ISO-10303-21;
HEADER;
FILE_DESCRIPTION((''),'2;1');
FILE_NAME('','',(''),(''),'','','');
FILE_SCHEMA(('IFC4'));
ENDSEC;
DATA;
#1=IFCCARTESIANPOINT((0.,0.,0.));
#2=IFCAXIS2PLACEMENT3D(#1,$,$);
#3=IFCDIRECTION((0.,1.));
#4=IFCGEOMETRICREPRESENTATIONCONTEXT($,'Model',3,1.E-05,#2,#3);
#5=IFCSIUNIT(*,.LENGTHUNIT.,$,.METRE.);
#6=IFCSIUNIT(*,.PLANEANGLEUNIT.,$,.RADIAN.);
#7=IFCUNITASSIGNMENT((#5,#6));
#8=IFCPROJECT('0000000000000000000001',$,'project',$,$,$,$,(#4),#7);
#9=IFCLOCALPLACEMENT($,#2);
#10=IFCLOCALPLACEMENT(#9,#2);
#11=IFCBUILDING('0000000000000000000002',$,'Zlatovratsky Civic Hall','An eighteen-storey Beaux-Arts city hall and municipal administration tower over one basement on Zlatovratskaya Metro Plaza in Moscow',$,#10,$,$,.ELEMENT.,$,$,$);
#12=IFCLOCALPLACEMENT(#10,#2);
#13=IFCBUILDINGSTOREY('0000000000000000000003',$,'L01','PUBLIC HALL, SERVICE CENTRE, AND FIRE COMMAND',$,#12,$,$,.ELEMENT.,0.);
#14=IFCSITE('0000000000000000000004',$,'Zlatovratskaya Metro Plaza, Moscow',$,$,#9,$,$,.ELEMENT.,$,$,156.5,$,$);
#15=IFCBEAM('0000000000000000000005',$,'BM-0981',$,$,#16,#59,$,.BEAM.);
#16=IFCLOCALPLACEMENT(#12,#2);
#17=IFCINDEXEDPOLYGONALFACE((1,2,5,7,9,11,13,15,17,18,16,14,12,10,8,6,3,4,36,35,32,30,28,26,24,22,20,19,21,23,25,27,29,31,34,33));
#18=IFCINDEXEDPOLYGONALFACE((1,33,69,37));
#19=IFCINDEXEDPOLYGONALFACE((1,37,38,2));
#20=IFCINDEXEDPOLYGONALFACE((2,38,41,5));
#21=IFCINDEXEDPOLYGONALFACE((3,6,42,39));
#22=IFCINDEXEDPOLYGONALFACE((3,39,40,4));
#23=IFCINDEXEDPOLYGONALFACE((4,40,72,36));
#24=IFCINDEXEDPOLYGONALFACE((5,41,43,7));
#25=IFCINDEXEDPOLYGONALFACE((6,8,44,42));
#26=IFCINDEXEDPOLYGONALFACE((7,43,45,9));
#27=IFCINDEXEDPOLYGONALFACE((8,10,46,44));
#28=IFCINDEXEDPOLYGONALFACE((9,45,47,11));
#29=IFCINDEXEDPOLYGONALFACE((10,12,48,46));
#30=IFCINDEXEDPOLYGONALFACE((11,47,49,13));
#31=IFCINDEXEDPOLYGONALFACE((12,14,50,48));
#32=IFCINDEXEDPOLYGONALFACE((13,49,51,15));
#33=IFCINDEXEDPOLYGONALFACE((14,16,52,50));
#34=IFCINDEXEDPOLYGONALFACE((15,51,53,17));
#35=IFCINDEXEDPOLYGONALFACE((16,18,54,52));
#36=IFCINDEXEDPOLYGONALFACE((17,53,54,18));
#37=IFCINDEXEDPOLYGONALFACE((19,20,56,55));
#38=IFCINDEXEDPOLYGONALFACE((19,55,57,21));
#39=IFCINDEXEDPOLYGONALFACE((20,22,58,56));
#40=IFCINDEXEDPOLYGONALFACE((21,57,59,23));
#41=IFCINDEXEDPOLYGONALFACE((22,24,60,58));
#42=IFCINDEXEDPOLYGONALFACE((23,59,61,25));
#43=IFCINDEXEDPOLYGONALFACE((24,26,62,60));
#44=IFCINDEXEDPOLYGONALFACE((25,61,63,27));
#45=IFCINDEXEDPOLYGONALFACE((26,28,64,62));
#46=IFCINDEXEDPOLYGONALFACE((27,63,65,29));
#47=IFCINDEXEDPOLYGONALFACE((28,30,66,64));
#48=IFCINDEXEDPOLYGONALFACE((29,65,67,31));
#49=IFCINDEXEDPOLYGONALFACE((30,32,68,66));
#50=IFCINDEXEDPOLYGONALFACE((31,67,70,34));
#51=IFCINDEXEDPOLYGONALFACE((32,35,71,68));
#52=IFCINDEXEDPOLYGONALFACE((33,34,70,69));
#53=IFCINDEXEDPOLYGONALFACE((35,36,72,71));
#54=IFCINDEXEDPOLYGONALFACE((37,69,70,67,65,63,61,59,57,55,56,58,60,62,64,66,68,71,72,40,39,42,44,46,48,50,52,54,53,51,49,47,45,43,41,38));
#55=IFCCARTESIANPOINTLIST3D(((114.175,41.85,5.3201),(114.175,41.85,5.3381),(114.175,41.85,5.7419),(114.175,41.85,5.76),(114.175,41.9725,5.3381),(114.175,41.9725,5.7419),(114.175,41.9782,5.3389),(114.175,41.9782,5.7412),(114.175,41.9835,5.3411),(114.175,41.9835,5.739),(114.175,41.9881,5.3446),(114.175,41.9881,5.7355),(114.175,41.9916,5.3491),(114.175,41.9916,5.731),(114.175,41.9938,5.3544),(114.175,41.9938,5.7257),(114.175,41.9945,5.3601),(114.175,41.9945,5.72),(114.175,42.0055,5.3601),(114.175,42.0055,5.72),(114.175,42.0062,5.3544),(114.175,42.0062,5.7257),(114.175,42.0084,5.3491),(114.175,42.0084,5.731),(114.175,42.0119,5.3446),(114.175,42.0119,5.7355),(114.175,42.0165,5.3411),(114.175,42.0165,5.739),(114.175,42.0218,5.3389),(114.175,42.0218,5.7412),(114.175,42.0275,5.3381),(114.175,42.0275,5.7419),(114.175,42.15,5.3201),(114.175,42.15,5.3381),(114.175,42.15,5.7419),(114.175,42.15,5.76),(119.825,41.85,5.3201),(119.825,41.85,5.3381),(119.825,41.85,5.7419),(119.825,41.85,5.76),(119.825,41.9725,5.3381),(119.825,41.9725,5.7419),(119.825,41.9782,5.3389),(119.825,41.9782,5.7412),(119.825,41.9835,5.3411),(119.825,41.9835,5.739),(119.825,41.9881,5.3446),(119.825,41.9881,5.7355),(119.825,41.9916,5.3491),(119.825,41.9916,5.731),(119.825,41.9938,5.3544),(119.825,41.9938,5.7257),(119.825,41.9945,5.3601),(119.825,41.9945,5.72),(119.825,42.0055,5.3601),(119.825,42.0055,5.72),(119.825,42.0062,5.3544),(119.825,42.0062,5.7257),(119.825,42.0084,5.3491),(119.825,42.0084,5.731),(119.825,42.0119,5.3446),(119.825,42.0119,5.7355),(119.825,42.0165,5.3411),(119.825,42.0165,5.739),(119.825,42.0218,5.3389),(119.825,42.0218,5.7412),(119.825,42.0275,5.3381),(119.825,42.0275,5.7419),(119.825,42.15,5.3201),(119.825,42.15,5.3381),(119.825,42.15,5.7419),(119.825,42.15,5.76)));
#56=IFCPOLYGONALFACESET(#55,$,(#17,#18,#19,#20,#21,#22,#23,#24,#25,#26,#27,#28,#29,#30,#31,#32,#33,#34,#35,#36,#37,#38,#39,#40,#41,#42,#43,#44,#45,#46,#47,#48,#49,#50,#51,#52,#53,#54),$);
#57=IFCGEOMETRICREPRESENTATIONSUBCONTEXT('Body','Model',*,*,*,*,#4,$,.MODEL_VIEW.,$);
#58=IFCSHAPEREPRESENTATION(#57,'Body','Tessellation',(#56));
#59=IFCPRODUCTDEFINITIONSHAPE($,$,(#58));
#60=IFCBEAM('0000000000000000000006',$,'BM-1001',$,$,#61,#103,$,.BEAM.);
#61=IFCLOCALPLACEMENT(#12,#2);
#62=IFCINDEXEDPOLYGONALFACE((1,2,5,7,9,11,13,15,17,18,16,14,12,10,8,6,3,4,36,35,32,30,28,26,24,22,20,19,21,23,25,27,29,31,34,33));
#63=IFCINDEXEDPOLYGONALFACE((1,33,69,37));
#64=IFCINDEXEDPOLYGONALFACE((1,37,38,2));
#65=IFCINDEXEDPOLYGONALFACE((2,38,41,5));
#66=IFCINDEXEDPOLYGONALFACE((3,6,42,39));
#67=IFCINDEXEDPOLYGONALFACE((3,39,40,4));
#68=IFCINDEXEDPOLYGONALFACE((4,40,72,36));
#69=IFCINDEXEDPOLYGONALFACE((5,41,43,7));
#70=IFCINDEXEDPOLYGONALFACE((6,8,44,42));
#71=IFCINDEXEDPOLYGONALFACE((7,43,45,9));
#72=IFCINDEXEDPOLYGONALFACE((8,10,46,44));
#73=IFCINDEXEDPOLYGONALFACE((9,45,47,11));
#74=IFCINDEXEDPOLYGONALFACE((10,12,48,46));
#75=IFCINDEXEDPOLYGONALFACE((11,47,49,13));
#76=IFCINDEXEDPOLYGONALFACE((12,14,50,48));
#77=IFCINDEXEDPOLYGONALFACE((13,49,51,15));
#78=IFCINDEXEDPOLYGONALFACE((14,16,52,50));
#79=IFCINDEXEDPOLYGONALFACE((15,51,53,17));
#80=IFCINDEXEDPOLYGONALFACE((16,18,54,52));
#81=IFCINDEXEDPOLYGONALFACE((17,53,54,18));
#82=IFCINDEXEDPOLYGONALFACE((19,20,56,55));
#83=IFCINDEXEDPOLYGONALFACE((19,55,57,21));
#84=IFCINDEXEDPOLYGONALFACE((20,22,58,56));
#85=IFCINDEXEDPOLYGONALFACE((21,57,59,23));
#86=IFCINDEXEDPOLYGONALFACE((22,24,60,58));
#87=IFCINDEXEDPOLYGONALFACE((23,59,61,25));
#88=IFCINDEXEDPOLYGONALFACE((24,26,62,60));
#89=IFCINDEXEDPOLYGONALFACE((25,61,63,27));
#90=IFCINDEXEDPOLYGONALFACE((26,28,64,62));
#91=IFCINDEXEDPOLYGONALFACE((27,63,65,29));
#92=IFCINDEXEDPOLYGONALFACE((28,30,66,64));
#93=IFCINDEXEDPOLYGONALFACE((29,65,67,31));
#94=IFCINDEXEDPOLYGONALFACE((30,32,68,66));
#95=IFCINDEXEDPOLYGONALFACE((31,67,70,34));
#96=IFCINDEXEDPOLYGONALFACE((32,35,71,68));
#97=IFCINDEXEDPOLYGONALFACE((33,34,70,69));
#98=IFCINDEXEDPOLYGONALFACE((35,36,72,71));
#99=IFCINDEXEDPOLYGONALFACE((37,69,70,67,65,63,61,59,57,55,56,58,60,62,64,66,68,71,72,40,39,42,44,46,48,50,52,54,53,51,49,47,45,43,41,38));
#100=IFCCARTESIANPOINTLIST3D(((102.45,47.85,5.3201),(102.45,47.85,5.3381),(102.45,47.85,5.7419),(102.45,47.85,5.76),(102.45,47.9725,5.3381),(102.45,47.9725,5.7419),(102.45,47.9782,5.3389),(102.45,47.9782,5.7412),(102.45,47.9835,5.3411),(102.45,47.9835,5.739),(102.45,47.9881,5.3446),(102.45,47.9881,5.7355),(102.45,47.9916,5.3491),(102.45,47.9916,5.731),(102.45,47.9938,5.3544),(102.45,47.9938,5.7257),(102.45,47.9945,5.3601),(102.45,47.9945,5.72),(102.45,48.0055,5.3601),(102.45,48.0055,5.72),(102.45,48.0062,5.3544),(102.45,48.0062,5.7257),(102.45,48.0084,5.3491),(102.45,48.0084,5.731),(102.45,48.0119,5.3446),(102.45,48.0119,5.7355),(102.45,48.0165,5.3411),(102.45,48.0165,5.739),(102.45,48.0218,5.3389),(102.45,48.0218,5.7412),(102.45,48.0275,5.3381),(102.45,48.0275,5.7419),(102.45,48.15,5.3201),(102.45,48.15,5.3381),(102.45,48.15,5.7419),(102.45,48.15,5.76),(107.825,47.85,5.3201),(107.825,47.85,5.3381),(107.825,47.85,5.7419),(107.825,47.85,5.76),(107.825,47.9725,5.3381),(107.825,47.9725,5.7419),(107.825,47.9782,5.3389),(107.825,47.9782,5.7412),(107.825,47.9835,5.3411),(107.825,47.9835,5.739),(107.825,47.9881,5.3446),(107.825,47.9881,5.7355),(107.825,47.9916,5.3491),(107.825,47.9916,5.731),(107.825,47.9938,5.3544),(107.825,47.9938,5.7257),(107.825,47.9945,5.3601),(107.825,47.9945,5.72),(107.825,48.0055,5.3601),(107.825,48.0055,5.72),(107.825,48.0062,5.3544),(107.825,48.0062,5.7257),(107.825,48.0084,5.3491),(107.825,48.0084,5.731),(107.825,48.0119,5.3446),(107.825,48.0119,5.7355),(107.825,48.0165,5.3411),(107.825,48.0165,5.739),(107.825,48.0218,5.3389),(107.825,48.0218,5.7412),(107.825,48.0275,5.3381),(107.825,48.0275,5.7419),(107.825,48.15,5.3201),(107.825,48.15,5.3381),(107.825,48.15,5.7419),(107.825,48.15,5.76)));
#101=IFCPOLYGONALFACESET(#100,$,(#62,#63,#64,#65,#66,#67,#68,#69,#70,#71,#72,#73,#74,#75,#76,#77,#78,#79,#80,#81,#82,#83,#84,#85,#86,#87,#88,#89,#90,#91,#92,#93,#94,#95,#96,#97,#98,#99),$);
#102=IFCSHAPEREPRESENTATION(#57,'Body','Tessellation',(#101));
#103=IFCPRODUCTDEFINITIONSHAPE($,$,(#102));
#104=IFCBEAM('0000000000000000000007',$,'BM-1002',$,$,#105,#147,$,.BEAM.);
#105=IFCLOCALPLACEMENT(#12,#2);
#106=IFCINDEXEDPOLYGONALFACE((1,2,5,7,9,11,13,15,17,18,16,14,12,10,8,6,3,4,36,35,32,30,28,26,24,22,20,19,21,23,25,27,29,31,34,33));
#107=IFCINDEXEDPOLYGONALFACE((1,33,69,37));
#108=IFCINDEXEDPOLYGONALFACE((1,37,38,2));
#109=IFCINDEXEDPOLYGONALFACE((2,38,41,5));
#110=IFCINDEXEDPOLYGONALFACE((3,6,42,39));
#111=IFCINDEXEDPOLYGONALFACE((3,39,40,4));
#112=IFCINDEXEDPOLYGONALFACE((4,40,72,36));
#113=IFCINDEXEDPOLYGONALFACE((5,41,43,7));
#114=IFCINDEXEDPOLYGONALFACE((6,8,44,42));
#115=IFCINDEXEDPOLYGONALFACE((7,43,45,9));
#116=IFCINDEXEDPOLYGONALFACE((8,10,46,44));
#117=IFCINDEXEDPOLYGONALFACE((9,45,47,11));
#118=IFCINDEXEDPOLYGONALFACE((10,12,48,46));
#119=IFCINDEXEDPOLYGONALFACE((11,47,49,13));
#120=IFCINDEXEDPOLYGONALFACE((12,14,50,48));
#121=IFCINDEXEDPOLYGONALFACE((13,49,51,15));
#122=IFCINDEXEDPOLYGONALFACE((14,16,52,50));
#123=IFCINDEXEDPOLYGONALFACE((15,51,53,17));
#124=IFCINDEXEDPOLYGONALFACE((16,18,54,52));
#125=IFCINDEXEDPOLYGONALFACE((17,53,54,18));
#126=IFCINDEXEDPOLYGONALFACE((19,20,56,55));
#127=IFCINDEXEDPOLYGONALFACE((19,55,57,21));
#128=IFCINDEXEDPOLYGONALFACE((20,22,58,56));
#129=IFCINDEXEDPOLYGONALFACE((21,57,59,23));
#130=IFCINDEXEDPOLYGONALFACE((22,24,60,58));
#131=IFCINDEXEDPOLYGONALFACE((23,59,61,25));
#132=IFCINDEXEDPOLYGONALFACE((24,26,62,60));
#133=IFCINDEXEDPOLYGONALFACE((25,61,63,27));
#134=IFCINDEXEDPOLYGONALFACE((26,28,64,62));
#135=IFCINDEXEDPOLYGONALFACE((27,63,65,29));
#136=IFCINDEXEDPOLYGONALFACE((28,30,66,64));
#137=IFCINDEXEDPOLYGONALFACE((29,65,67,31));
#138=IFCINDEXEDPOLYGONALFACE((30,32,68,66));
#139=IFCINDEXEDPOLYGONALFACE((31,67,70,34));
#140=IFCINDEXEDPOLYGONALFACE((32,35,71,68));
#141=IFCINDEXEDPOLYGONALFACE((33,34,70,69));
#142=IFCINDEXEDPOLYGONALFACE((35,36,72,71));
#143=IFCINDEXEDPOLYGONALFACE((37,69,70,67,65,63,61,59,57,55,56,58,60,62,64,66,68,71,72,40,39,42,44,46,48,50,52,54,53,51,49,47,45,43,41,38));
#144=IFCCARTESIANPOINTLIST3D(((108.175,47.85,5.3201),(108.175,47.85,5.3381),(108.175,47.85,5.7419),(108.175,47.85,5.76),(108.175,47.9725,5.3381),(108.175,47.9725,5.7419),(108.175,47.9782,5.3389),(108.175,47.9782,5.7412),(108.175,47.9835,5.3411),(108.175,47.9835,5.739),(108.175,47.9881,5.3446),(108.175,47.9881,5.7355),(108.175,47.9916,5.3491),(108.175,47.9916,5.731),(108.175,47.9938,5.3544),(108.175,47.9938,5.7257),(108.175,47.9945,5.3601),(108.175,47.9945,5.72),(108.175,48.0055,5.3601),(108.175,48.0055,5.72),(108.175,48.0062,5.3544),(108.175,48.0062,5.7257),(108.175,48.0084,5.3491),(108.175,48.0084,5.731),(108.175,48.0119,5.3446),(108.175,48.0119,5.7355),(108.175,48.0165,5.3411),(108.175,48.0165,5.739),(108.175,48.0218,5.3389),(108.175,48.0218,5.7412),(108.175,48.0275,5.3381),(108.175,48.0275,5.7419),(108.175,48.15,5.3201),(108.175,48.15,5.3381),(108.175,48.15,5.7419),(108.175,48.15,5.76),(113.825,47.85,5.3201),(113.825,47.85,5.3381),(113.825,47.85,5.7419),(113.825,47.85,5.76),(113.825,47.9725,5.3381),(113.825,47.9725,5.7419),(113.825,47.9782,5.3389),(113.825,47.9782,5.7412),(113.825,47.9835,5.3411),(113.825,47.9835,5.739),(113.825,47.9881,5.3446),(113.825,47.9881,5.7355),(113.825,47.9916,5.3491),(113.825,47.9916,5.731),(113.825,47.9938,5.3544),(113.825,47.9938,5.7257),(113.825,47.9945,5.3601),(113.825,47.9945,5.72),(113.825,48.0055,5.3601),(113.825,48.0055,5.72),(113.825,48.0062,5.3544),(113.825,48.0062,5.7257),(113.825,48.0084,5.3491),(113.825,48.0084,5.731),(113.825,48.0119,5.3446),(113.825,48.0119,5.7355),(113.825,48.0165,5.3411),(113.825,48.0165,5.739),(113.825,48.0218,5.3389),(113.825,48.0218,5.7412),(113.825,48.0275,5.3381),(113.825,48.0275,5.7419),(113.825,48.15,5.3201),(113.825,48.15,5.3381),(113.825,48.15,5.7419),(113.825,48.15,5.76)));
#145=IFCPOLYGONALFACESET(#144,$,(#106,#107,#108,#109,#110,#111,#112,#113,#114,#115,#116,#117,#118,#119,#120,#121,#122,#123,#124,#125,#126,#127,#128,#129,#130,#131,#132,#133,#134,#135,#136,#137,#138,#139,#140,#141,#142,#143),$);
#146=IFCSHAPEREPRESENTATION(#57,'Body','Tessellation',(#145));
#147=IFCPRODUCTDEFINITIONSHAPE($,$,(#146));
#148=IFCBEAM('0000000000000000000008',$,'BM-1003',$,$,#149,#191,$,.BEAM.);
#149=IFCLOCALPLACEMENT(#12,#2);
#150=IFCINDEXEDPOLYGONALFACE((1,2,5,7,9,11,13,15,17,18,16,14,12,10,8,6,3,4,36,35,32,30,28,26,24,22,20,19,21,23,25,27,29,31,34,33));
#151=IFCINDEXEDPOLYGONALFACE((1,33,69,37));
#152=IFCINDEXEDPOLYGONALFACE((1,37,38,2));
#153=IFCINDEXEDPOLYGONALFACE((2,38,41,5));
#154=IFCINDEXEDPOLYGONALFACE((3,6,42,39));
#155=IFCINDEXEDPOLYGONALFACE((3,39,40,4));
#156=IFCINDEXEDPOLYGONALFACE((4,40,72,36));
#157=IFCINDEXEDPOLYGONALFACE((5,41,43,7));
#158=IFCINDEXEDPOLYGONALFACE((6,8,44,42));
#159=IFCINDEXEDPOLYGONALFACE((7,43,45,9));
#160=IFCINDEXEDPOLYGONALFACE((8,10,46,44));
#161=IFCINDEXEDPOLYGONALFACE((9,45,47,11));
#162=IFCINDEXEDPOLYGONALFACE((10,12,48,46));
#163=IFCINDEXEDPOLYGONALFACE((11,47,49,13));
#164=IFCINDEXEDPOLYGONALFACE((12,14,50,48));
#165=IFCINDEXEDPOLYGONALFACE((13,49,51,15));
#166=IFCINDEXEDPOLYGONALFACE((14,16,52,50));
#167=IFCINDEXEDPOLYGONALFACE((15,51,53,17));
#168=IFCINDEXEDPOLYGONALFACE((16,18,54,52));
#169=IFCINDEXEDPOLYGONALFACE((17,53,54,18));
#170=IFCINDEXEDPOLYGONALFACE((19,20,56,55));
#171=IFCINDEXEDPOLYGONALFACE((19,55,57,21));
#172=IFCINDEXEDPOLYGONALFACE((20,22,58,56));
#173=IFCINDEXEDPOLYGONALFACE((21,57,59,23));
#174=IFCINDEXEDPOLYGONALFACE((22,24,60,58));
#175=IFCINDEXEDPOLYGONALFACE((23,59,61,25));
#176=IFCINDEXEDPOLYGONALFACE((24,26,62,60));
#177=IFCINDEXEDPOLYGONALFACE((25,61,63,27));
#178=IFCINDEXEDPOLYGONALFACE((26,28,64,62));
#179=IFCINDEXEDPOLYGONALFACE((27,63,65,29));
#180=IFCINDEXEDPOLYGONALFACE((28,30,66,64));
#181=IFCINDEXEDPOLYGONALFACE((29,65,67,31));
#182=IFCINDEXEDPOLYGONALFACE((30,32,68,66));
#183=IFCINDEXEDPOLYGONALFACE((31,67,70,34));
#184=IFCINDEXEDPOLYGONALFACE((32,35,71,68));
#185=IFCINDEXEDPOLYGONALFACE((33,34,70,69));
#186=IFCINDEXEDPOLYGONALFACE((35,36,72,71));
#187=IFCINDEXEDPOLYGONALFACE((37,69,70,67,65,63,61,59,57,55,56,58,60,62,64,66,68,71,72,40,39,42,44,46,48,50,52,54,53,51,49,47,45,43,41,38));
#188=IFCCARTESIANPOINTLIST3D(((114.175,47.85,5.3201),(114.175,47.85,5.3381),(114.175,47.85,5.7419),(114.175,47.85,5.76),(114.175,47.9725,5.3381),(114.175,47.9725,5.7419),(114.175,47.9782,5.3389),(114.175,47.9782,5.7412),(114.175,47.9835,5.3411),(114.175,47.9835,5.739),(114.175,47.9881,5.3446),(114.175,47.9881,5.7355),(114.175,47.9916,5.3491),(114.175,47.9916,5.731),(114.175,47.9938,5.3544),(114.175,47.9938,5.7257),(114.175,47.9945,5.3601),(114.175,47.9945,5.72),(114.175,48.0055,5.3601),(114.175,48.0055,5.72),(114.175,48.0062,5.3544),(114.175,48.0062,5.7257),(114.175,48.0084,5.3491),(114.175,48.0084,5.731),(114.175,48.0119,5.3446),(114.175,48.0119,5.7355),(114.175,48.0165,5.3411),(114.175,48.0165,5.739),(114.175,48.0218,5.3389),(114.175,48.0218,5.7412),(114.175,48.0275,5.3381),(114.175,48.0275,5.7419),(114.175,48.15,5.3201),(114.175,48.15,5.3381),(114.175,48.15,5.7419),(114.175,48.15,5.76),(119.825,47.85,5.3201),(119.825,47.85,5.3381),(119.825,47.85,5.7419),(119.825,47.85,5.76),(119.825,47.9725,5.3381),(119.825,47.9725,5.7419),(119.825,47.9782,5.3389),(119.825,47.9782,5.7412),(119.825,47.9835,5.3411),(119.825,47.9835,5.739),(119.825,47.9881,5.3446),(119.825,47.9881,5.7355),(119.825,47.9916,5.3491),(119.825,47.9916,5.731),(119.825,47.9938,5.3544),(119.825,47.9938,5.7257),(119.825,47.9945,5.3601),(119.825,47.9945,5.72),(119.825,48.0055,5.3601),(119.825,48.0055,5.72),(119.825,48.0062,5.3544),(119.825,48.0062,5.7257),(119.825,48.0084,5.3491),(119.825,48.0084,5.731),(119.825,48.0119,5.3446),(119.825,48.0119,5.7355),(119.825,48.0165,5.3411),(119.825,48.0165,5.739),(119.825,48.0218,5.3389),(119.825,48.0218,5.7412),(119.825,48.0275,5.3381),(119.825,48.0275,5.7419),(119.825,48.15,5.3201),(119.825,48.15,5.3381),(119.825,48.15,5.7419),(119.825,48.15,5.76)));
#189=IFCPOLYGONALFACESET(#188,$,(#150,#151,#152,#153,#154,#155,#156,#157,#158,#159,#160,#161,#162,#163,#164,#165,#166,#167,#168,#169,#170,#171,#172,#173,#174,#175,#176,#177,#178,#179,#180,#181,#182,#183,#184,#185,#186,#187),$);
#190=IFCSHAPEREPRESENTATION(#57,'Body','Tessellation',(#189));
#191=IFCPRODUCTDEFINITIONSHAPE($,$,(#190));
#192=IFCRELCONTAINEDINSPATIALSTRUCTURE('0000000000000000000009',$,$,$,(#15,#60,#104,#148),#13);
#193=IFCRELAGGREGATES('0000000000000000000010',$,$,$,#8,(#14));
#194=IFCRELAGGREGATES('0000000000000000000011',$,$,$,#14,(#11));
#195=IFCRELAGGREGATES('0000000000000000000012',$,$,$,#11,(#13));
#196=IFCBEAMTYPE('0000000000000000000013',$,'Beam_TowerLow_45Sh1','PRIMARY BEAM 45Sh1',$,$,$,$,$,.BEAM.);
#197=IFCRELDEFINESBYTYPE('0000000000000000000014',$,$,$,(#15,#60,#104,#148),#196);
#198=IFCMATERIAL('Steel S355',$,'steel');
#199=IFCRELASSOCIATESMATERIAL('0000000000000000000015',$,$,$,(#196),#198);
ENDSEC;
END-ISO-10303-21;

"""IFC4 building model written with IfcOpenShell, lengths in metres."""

from ifc_helpers import new_model, si_unit, direction, frame, origin, origin_2d, place, context, subcontext, project, spatial, i_section, extrude, material, material_profile, profile_set, type_object, element, save


model = new_model("IFC4")

# Units and contexts
model_context = context("Model", 3, precision=1e-05, world=origin(), true_north=direction((0.0, 1.0)))
body_context = subcontext(model_context, "Body", "Model", "MODEL_VIEW")
ifc_project = project(units=[si_unit("LENGTHUNIT", "METRE"), si_unit("PLANEANGLEUNIT", "RADIAN")], contexts=[model_context])

# Site, building, storey
site_placement = place(None, origin())
site = spatial("IfcSite", under=ifc_project, at=site_placement, Name="Zlatovratskaya Metro Plaza, Moscow", CompositionType="ELEMENT", RefElevation=156.5)
building_placement = place(site_placement, origin())
building = spatial("IfcBuilding", under=site, at=building_placement, Name="Zlatovratsky Civic Hall", Description="An eighteen-storey Beaux-Arts city hall and municipal administration tower over one basement on Zlatovratskaya Metro Plaza in Moscow", CompositionType="ELEMENT")
storey_placement = place(building_placement, origin())
storey = spatial("IfcBuildingStorey", under=building, at=storey_placement, Name="L01", Description="PUBLIC HALL, SERVICE CENTRE, AND FIRE COMMAND", CompositionType="ELEMENT", Elevation=0.0)

# Shared definitions
ifc_material_1 = material(Name="Steel S355", Category="steel")

# Beams
ifc_material_profile_1 = material_profile(ifc_material_1, i_section(OverallWidth=0.3, OverallDepth=0.4399, WebThickness=0.011, FlangeThickness=0.0181, FilletRadius=0.022, at=origin_2d()), Name="45Sh1")
ifc_profile_set_1 = profile_set([ifc_material_profile_1], Name="Steel S355")
beam_type = type_object("IfcBeamType", Name="Beam_TowerLow_45Sh1", Description="PRIMARY BEAM 45Sh1", PredefinedType="BEAM", material=ifc_profile_set_1)
for number, where, z_axis, x_axis, name in (
    (1, (114.175, 42.0, 5.54), (1.0, 0.0, 0.0), (0.0, 1.0, 0.0), "BM-0981"),
):
    element("IfcBeam", number, at=place(storey_placement, frame(where, z_axis=z_axis, x_axis=x_axis)), inside=storey, type_object=beam_type, Name=name, PredefinedType="BEAM", context=body_context, shape_type="SweptSolid", body=[
        extrude(i_section(OverallWidth=0.3, OverallDepth=0.4399, WebThickness=0.011, FlangeThickness=0.0181, FilletRadius=0.022, at=origin_2d()), origin(), (0.0, 0.0, 1.0), 5.6499),
    ])
beam_1_placement = place(storey_placement, frame((102.45, 48.0, 5.54), z_axis=(1.0, 0.0, 0.0), x_axis=(0.0, 1.0, 0.0)))
element("IfcBeam", 2, at=beam_1_placement, inside=storey, type_object=beam_type, Name="BM-1001", PredefinedType="BEAM", context=body_context, shape_type="SweptSolid", body=[
    extrude(i_section(OverallWidth=0.3, OverallDepth=0.4399, WebThickness=0.011, FlangeThickness=0.0181, FilletRadius=0.022, at=origin_2d()), origin(), (0.0, 0.0, 1.0), 5.375),
])
for number, where, z_axis, x_axis, name in (
    (3, (108.175, 48.0, 5.54), (1.0, 0.0, 0.0), (0.0, 1.0, 0.0), "BM-1002"),
    (4, (114.175, 48.0, 5.54), (1.0, 0.0, 0.0), (0.0, 1.0, 0.0), "BM-1003"),
):
    element("IfcBeam", number, at=place(storey_placement, frame(where, z_axis=z_axis, x_axis=x_axis)), inside=storey, type_object=beam_type, Name=name, PredefinedType="BEAM", context=body_context, shape_type="SweptSolid", body=[
        extrude(i_section(OverallWidth=0.3, OverallDepth=0.4399, WebThickness=0.011, FlangeThickness=0.0181, FilletRadius=0.022, at=origin_2d()), origin(), (0.0, 0.0, 1.0), 5.6499),
    ])

save(model, "model.ifc")
